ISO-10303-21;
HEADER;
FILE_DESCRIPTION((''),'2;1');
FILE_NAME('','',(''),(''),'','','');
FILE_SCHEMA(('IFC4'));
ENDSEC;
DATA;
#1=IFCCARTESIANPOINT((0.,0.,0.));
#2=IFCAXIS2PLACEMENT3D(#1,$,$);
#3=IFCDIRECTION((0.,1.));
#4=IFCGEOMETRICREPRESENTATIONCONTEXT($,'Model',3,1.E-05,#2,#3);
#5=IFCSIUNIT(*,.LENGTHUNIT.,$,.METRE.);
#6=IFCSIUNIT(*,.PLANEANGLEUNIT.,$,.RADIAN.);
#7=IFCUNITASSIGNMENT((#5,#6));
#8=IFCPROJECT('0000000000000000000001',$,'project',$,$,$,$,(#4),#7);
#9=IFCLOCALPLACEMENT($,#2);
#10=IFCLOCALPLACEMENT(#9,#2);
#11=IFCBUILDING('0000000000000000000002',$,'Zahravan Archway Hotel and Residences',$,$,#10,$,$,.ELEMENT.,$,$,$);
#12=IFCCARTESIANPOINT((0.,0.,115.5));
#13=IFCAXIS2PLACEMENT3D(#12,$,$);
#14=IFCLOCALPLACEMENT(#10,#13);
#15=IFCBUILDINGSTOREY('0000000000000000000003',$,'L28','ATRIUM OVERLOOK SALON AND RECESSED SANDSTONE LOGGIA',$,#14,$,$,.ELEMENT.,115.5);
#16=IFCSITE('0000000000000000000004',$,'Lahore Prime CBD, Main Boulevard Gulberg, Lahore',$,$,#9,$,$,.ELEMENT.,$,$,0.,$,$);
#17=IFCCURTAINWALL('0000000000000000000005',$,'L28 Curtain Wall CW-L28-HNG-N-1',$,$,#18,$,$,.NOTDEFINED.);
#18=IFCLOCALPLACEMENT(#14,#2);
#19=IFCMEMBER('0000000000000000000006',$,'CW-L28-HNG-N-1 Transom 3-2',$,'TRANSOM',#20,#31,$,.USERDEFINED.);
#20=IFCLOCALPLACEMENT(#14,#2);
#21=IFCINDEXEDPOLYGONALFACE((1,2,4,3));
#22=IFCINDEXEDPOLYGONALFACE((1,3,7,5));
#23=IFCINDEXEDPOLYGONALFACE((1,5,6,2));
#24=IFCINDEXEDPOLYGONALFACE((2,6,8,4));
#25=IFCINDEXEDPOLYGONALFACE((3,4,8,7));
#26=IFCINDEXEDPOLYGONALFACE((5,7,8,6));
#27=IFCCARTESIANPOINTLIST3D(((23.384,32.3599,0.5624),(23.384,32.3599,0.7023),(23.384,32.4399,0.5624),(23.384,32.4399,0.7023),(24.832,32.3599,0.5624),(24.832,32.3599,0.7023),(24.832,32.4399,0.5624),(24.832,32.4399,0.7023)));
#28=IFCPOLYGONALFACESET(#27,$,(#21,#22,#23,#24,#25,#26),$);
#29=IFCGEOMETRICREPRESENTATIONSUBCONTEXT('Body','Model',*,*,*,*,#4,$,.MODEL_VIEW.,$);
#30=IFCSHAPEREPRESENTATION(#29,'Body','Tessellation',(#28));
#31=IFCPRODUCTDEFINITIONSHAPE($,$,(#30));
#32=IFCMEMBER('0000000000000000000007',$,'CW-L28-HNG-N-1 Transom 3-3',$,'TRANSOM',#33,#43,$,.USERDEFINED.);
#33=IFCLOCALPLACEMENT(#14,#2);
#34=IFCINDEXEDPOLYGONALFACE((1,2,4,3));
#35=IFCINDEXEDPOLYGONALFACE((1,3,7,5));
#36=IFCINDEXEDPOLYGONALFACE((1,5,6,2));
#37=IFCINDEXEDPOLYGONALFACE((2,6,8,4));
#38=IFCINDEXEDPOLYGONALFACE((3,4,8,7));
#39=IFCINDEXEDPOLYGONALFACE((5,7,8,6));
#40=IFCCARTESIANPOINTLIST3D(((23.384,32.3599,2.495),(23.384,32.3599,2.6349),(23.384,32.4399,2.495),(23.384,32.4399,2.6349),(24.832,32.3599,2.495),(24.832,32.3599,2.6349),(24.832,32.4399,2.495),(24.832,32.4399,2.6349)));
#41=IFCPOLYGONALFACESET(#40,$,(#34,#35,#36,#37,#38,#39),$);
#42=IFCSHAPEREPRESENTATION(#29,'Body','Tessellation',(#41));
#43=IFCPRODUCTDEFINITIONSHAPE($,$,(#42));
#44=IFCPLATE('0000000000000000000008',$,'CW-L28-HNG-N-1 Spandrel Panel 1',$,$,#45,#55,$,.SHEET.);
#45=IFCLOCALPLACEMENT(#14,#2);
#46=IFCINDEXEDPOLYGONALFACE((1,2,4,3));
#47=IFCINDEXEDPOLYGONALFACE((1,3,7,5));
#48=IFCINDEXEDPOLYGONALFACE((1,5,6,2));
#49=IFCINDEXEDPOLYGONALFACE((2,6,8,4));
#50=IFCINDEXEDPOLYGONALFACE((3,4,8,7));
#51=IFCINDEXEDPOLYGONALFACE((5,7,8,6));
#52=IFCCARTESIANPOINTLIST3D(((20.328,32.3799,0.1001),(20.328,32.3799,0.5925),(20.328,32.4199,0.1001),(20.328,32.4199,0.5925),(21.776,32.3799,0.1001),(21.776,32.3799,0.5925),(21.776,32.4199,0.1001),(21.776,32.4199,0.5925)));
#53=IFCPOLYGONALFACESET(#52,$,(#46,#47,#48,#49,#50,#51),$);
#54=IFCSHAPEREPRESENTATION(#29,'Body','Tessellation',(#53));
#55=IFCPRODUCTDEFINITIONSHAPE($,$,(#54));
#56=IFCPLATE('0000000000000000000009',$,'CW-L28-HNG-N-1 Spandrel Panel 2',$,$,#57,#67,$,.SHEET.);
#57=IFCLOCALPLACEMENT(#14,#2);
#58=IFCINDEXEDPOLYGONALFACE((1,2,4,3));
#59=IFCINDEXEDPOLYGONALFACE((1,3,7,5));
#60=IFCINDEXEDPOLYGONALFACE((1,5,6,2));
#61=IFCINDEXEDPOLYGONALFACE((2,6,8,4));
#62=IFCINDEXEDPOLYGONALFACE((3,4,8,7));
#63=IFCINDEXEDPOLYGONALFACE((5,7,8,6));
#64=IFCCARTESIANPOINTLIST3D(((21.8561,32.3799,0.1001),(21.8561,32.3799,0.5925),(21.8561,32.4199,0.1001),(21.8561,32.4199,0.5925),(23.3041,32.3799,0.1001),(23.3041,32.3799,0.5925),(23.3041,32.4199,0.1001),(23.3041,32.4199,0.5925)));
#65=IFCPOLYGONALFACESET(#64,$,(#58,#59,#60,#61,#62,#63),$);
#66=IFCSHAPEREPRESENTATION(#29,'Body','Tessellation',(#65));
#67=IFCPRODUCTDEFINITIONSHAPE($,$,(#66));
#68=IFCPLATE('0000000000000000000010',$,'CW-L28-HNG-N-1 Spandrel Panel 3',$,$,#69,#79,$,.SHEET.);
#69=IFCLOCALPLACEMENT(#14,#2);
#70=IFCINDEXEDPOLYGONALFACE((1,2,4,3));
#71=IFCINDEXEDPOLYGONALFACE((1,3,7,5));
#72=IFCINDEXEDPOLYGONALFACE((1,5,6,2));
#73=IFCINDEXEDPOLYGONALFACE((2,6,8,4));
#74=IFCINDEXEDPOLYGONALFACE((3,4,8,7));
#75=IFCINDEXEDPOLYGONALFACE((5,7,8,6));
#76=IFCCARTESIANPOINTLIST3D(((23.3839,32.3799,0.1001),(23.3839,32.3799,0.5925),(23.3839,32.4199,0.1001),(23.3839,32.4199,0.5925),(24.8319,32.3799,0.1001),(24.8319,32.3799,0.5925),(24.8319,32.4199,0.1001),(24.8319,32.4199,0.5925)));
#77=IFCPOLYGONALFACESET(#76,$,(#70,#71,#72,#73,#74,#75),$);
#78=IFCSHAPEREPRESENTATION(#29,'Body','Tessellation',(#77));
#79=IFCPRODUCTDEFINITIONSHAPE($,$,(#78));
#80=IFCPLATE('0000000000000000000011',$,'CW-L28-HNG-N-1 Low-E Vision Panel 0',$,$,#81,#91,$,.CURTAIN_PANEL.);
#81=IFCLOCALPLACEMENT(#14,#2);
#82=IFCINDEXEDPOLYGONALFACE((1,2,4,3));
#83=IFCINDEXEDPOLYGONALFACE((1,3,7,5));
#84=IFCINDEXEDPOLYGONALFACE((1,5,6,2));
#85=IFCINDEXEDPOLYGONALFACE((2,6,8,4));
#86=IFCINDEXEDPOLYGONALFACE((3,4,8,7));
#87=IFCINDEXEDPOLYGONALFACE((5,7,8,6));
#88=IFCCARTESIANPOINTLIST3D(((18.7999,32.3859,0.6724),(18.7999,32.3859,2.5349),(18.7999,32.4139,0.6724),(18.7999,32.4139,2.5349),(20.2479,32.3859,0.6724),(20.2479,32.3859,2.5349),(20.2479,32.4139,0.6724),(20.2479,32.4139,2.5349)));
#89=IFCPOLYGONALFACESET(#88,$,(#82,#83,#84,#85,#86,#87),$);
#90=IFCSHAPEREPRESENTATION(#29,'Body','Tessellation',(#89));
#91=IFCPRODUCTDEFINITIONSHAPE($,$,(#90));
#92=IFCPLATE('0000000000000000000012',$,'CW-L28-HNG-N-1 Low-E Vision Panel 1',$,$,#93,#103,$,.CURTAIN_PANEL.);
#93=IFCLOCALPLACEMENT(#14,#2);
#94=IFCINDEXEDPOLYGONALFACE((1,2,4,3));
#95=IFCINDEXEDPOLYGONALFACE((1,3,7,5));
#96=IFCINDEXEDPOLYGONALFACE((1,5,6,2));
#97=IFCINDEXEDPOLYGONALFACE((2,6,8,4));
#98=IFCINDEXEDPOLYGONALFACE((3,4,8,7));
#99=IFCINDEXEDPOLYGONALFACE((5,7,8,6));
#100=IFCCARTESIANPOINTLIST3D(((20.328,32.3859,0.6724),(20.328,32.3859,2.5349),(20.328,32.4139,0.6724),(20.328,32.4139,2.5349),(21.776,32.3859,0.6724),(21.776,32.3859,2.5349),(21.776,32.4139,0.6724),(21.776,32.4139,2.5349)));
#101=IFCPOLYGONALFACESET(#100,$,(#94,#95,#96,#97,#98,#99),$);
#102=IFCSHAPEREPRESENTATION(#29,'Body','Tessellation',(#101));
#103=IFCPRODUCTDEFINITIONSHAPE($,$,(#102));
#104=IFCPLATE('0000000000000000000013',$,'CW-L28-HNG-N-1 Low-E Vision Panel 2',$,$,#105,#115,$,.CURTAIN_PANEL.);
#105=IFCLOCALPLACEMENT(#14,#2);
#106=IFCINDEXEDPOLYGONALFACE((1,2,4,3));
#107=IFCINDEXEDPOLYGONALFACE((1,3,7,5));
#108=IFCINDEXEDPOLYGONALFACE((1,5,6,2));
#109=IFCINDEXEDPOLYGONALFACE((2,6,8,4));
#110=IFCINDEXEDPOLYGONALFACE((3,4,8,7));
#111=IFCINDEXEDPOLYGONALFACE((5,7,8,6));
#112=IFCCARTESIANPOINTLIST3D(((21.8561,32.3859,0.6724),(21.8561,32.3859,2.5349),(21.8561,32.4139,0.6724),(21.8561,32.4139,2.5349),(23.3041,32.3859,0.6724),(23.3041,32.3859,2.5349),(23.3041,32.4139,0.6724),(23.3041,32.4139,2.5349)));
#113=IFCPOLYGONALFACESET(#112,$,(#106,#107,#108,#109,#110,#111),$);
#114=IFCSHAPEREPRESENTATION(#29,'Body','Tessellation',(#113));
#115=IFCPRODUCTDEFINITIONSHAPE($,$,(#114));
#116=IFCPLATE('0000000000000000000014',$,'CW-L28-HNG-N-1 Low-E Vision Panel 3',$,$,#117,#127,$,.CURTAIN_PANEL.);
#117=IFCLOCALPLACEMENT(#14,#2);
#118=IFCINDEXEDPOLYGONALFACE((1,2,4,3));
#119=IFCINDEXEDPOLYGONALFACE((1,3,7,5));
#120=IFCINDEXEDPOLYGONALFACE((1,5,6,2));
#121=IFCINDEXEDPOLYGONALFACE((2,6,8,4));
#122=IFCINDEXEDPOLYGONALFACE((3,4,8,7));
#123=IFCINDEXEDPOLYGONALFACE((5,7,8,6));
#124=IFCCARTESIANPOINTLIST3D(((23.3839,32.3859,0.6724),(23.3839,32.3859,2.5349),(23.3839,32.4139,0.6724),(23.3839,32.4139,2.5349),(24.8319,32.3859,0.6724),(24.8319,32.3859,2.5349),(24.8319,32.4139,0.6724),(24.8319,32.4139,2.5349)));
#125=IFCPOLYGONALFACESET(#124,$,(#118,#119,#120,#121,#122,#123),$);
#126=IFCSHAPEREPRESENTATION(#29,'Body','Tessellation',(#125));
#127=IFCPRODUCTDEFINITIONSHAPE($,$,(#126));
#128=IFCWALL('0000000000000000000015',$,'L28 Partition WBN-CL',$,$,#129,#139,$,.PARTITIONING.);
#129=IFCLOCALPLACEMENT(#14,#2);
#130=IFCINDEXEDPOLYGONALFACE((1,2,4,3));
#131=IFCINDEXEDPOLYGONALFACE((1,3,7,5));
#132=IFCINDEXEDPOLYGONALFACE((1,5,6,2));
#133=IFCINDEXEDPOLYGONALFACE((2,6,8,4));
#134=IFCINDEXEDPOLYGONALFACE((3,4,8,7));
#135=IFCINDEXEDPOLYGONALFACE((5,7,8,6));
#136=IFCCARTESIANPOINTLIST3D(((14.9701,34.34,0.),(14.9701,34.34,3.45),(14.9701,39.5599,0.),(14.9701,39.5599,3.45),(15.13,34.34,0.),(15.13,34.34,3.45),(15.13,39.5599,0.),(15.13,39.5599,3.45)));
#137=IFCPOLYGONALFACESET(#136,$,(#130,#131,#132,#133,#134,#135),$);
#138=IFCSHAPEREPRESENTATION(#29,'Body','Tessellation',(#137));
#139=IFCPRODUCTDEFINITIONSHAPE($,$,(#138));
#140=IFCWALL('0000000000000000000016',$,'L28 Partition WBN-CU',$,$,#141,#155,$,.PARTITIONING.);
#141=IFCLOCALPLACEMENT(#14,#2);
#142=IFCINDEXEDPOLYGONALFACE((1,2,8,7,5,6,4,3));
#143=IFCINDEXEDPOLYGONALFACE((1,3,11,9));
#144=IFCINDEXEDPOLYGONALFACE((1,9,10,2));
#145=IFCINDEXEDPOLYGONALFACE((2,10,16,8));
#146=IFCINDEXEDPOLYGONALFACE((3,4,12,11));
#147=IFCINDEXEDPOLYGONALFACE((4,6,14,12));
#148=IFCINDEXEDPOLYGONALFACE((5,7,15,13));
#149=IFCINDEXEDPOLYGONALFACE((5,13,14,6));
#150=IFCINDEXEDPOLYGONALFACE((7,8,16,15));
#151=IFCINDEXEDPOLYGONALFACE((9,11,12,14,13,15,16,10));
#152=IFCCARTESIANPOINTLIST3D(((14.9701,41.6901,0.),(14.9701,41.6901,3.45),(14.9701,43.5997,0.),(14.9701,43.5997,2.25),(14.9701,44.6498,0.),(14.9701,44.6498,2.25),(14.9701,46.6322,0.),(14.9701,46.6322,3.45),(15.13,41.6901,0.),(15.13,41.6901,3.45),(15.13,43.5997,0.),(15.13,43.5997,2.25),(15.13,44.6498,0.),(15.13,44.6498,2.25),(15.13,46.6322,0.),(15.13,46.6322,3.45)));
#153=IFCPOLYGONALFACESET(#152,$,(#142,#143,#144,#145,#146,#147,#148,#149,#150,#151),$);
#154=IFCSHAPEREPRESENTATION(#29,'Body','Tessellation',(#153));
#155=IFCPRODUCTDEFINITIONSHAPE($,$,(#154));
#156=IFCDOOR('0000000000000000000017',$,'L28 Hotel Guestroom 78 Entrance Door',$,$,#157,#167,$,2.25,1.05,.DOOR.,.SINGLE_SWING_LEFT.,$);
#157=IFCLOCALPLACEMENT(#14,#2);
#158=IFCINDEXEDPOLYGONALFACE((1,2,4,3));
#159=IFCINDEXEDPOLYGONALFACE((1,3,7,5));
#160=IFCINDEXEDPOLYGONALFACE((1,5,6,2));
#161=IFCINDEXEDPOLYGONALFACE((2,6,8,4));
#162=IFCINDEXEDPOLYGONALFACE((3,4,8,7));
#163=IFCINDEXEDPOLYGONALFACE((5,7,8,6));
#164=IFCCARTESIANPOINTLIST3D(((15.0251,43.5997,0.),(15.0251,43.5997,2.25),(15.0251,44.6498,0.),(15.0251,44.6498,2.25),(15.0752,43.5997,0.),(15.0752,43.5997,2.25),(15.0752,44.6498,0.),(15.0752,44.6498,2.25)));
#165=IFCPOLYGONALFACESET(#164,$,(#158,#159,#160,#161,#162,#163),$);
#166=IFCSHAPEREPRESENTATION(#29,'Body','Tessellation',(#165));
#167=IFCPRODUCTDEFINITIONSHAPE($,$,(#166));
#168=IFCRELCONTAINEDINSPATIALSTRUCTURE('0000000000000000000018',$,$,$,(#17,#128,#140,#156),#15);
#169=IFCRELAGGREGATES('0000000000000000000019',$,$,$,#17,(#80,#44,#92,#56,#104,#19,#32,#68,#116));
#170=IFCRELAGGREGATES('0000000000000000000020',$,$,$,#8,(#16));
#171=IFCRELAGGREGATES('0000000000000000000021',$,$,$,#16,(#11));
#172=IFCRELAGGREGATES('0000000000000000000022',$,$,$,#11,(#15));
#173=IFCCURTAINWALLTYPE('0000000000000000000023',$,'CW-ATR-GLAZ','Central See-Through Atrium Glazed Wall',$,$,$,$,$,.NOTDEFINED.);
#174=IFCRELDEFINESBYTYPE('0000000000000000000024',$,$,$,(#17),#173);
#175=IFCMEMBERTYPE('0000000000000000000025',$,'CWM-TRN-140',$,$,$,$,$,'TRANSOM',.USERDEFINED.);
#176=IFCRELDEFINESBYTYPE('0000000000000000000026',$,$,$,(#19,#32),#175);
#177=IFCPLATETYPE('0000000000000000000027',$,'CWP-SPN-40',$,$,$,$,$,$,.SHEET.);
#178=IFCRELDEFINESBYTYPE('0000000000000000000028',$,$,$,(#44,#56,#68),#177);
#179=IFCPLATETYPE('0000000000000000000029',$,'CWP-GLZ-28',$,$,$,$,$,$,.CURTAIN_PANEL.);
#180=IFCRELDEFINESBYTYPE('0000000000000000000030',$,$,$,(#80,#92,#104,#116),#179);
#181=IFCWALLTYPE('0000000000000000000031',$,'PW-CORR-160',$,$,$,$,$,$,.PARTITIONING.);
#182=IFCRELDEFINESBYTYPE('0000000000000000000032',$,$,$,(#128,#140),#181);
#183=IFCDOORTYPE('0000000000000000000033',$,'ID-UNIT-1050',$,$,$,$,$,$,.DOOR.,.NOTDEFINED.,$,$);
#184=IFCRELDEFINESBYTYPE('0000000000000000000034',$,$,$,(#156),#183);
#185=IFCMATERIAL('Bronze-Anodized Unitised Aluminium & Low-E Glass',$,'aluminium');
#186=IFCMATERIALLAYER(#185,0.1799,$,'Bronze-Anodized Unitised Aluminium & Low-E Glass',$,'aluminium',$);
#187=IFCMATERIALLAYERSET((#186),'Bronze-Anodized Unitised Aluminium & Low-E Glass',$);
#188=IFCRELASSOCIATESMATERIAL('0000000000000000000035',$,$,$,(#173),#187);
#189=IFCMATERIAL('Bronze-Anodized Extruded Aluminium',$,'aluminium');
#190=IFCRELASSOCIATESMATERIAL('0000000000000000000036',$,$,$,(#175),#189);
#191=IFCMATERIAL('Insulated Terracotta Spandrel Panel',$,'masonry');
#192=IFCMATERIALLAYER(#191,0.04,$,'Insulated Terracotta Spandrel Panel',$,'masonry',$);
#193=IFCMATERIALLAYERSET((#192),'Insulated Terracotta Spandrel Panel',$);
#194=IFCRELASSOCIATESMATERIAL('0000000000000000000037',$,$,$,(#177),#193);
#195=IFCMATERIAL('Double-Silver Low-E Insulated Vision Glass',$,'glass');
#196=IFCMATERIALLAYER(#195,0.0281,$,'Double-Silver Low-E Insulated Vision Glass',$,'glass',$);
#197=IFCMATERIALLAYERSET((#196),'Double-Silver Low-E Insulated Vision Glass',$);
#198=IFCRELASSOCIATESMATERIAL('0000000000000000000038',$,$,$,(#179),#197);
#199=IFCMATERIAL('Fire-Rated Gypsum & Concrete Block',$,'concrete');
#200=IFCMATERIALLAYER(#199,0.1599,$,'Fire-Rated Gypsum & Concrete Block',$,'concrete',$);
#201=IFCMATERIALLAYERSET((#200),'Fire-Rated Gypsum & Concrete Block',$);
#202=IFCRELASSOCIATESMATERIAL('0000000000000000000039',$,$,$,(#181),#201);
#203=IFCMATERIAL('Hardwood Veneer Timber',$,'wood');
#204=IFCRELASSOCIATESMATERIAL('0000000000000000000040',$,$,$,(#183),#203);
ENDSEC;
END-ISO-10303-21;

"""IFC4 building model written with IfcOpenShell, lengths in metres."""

from ifc_helpers import new_model, si_unit, direction, frame, frame_2d, origin, origin_2d, place, context, subcontext, project, spatial, rectangle, extrude, source, transform, mapped, material, layer, layer_set, material_profile, profile_set, type_object, type_shapes, element, fill, aggregate, save


model = new_model("IFC4")

# Units and contexts
model_context = context("Model", 3, precision=1e-05, world=origin(), true_north=direction((0.0, 1.0)))
body_context = subcontext(model_context, "Body", "Model", "MODEL_VIEW")
ifc_project = project(units=[si_unit("LENGTHUNIT", "METRE"), si_unit("PLANEANGLEUNIT", "RADIAN")], contexts=[model_context])

# Site, building, storey
site_placement = place(None, origin())
site = spatial("IfcSite", under=ifc_project, at=site_placement, Name="Lahore Prime CBD, Main Boulevard Gulberg, Lahore", CompositionType="ELEMENT", RefElevation=0.0)
building_placement = place(site_placement, origin())
building = spatial("IfcBuilding", under=site, at=building_placement, Name="Zahravan Archway Hotel and Residences", CompositionType="ELEMENT")
storey_placement = place(building_placement, frame((0.0, 0.0, 115.5)))
storey = spatial("IfcBuildingStorey", under=building, at=storey_placement, Name="L28", Description="ATRIUM OVERLOOK SALON AND RECESSED SANDSTONE LOGGIA", CompositionType="ELEMENT", Elevation=115.5)

# Curtain wall, members, plates
ifc_material_1 = material(Name="Bronze-Anodized Unitised Aluminium & Low-E Glass", Category="aluminium")
ifc_layer_1 = layer(ifc_material_1, 0.1799, Name="Bronze-Anodized Unitised Aluminium & Low-E Glass", Category="aluminium")
ifc_layer_set_1 = layer_set([ifc_layer_1], Name="Bronze-Anodized Unitised Aluminium & Low-E Glass")
curtain_wall_type = type_object("IfcCurtainWallType", Name="CW-ATR-GLAZ", Description="Central See-Through Atrium Glazed Wall", PredefinedType="NOTDEFINED", material=ifc_layer_set_1)
curtain_wall_placement = place(storey_placement, origin())
curtain_wall = element("IfcCurtainWall", 1, at=curtain_wall_placement, inside=storey, type_object=curtain_wall_type, Name="L28 Curtain Wall CW-L28-HNG-N-1", PredefinedType="NOTDEFINED")
ifc_material_2 = material(Name="Bronze-Anodized Extruded Aluminium", Category="aluminium")
ifc_material_profile_1 = material_profile(ifc_material_2, rectangle(XDim=0.0801, YDim=0.1399, at=origin_2d()), Name="TRN 80x140", Category="aluminium")
ifc_profile_set_1 = profile_set([ifc_material_profile_1], Name="Bronze-Anodized Extruded Aluminium")
member_type_1 = type_object("IfcMemberType", Name="CWM-TRN-140", ElementType="TRANSOM", PredefinedType="USERDEFINED", material=ifc_profile_set_1)
shared_shape_1 = source(origin(), body_context, "Body", "SweptSolid", [
    extrude(rectangle(XDim=0.0801, YDim=0.1399, at=origin_2d()), origin(), (0.0, 0.0, 1.0), 1.448),
])
member_1_placement = place(storey_placement, frame((23.384, 32.3999, 0.6323), z_axis=(1.0, 0.0, 0.0), x_axis=(0.0, 1.0, 0.0)))
member_1 = element("IfcMember", 2, at=member_1_placement, type_object=member_type_1, Name="CW-L28-HNG-N-1 Transom 3-2", ObjectType="TRANSOM", PredefinedType="USERDEFINED", context=body_context, shape_type="MappedRepresentation", body=[
    mapped(shared_shape_1, transform((0.0, 0.0, 0.0), scale=1.0)),
])
member_2_placement = place(storey_placement, frame((23.384, 32.3999, 2.5649), z_axis=(1.0, 0.0, 0.0), x_axis=(0.0, 1.0, 0.0)))
member_2 = element("IfcMember", 3, at=member_2_placement, type_object=member_type_1, Name="CW-L28-HNG-N-1 Transom 3-3", ObjectType="TRANSOM", PredefinedType="USERDEFINED", context=body_context, shape_type="MappedRepresentation", body=[
    mapped(shared_shape_1, transform((0.0, 0.0, 0.0), scale=1.0)),
])
ifc_material_3 = material(Name="Insulated Terracotta Spandrel Panel", Category="masonry")
ifc_layer_2 = layer(ifc_material_3, 0.04, Name="Insulated Terracotta Spandrel Panel", Category="masonry")
ifc_layer_set_2 = layer_set([ifc_layer_2], Name="Insulated Terracotta Spandrel Panel")
plate_type_1 = type_object("IfcPlateType", Name="CWP-SPN-40", PredefinedType="SHEET", material=ifc_layer_set_2)
shared_shape_2 = source(origin(), body_context, "Body", "SweptSolid", [
    extrude(rectangle(XDim=1.448, YDim=0.04, at=origin_2d()), origin(), (0.0, 0.0, 1.0), 0.4924),
])
plate_1_placement = place(storey_placement, frame((21.052, 32.3999, 0.1001), z_axis=(0.0, 0.0, 1.0), x_axis=(1.0, 0.0, 0.0)))
plate_1 = element("IfcPlate", 4, at=plate_1_placement, type_object=plate_type_1, Name="CW-L28-HNG-N-1 Spandrel Panel 1", PredefinedType="SHEET", context=body_context, shape_type="MappedRepresentation", body=[
    mapped(shared_shape_2, transform((0.0, 0.0, 0.0), scale=1.0)),
])
plate_2_placement = place(storey_placement, frame((22.5801, 32.3999, 0.1001), z_axis=(0.0, 0.0, 1.0), x_axis=(1.0, 0.0, 0.0)))
plate_2 = element("IfcPlate", 5, at=plate_2_placement, type_object=plate_type_1, Name="CW-L28-HNG-N-1 Spandrel Panel 2", PredefinedType="SHEET", context=body_context, shape_type="MappedRepresentation", body=[
    mapped(shared_shape_2, transform((0.0, 0.0, 0.0), scale=1.0)),
])
plate_3_placement = place(storey_placement, frame((24.1079, 32.3999, 0.1001), z_axis=(0.0, 0.0, 1.0), x_axis=(1.0, 0.0, 0.0)))
plate_3 = element("IfcPlate", 6, at=plate_3_placement, type_object=plate_type_1, Name="CW-L28-HNG-N-1 Spandrel Panel 3", PredefinedType="SHEET", context=body_context, shape_type="MappedRepresentation", body=[
    mapped(shared_shape_2, transform((0.0, 0.0, 0.0), scale=1.0)),
])
ifc_material_4 = material(Name="Double-Silver Low-E Insulated Vision Glass", Category="glass")
ifc_layer_3 = layer(ifc_material_4, 0.0281, Name="Double-Silver Low-E Insulated Vision Glass", Category="glass")
ifc_layer_set_3 = layer_set([ifc_layer_3], Name="Double-Silver Low-E Insulated Vision Glass")
plate_type_2 = type_object("IfcPlateType", Name="CWP-GLZ-28", PredefinedType="CURTAIN_PANEL", material=ifc_layer_set_3)
shared_shape_3 = source(origin(), body_context, "Body", "SweptSolid", [
    extrude(rectangle(XDim=1.448, YDim=0.0281, at=origin_2d()), origin(), (0.0, 0.0, 1.0), 1.8625),
])
plate_4_placement = place(storey_placement, frame((19.5239, 32.3999, 0.6724), z_axis=(0.0, 0.0, 1.0), x_axis=(1.0, 0.0, 0.0)))
plate_4 = element("IfcPlate", 7, at=plate_4_placement, type_object=plate_type_2, Name="CW-L28-HNG-N-1 Low-E Vision Panel 0", PredefinedType="CURTAIN_PANEL", context=body_context, shape_type="MappedRepresentation", body=[
    mapped(shared_shape_3, transform((0.0, 0.0, 0.0), scale=1.0)),
])
plate_5_placement = place(storey_placement, frame((21.052, 32.3999, 0.6724), z_axis=(0.0, 0.0, 1.0), x_axis=(1.0, 0.0, 0.0)))
plate_5 = element("IfcPlate", 8, at=plate_5_placement, type_object=plate_type_2, Name="CW-L28-HNG-N-1 Low-E Vision Panel 1", PredefinedType="CURTAIN_PANEL", context=body_context, shape_type="MappedRepresentation", body=[
    mapped(shared_shape_3, transform((0.0, 0.0, 0.0), scale=1.0)),
])
plate_6_placement = place(storey_placement, frame((22.5801, 32.3999, 0.6724), z_axis=(0.0, 0.0, 1.0), x_axis=(1.0, 0.0, 0.0)))
plate_6 = element("IfcPlate", 9, at=plate_6_placement, type_object=plate_type_2, Name="CW-L28-HNG-N-1 Low-E Vision Panel 2", PredefinedType="CURTAIN_PANEL", context=body_context, shape_type="MappedRepresentation", body=[
    mapped(shared_shape_3, transform((0.0, 0.0, 0.0), scale=1.0)),
])
plate_7_placement = place(storey_placement, frame((24.1079, 32.3999, 0.6724), z_axis=(0.0, 0.0, 1.0), x_axis=(1.0, 0.0, 0.0)))
plate_7 = element("IfcPlate", 10, at=plate_7_placement, type_object=plate_type_2, Name="CW-L28-HNG-N-1 Low-E Vision Panel 3", PredefinedType="CURTAIN_PANEL", context=body_context, shape_type="MappedRepresentation", body=[
    mapped(shared_shape_3, transform((0.0, 0.0, 0.0), scale=1.0)),
])
aggregate(curtain_wall, [plate_4, plate_1, plate_5, plate_2, plate_6, member_1, member_2, plate_3, plate_7])

# Wall
ifc_material_5 = material(Name="Fire-Rated Gypsum & Concrete Block", Category="concrete")
ifc_layer_4 = layer(ifc_material_5, 0.1599, Name="Fire-Rated Gypsum & Concrete Block", Category="concrete")
ifc_layer_set_4 = layer_set([ifc_layer_4], Name="Fire-Rated Gypsum & Concrete Block")
wall_type = type_object("IfcWallType", Name="PW-CORR-160", PredefinedType="PARTITIONING", material=ifc_layer_set_4)
wall_1_placement = place(storey_placement, frame((15.05, 34.3401, 0.0), z_axis=(0.0, 0.0, 1.0), x_axis=(0.0, 1.0, 0.0)))
element("IfcWall", 11, at=wall_1_placement, inside=storey, type_object=wall_type, Name="L28 Partition WBN-CL", PredefinedType="PARTITIONING", context=body_context, shape_type="SweptSolid", body=[
    extrude(rectangle(XDim=5.22, YDim=0.1599, at=frame_2d((2.6099, 0.0))), origin(), (0.0, 0.0, 1.0), 3.45),
])

# Wall, opening, door
wall_2_placement = place(storey_placement, frame((15.05, 41.6899, 0.0), z_axis=(0.0, 0.0, 1.0), x_axis=(0.0, 1.0, 0.0)))
wall_2 = element("IfcWall", 12, at=wall_2_placement, inside=storey, type_object=wall_type, Name="L28 Partition WBN-CU", PredefinedType="PARTITIONING", context=body_context, shape_type="SweptSolid", body=[
    extrude(rectangle(XDim=4.9421, YDim=0.1599, at=frame_2d((2.4712, 0.0))), origin(), (0.0, 0.0, 1.0), 3.45),
])
opening_placement = place(wall_2_placement, frame((1.9099, 0.0, 0.0)))
opening = element("IfcOpeningElement", 13, at=opening_placement, cuts=wall_2, PredefinedType="OPENING", context=body_context, shape_type="SweptSolid", body=[
    extrude(rectangle(XDim=1.05, YDim=2.25, at=frame_2d((0.5249, 1.125))), frame((0.0, 0.0898, 0.0), z_axis=(0.0, -1.0, 0.0), x_axis=(1.0, 0.0, 0.0)), (0.0, 0.0, 1.0), 0.1799),
])
ifc_material_6 = material(Name="Hardwood Veneer Timber", Category="wood")
door_type = type_object("IfcDoorType", Name="ID-UNIT-1050", OperationType="NOTDEFINED", PredefinedType="DOOR", material=ifc_material_6)
shared_shape_4 = source(origin(), body_context, "Body", "SweptSolid", [
    extrude(rectangle(XDim=1.05, YDim=2.25, at=frame_2d((0.5249, 1.125))), frame((0.0, 0.0249, 0.0), z_axis=(0.0, -1.0, 0.0), x_axis=(1.0, 0.0, 0.0)), (0.0, 0.0, 1.0), 0.05),
])
type_shapes(door_type, [shared_shape_4])
door_placement = place(opening_placement, origin())
door = element("IfcDoor", 14, at=door_placement, inside=storey, type_object=door_type, Name="L28 Hotel Guestroom 78 Entrance Door", OperationType="SINGLE_SWING_LEFT", OverallHeight=2.25, OverallWidth=1.05, PredefinedType="DOOR", context=body_context, shape_type="MappedRepresentation", body=[
    mapped(shared_shape_4, transform((0.0, 0.0, 0.0), scale=1.0)),
])
fill(opening, door)

save(model, "model.ifc")
